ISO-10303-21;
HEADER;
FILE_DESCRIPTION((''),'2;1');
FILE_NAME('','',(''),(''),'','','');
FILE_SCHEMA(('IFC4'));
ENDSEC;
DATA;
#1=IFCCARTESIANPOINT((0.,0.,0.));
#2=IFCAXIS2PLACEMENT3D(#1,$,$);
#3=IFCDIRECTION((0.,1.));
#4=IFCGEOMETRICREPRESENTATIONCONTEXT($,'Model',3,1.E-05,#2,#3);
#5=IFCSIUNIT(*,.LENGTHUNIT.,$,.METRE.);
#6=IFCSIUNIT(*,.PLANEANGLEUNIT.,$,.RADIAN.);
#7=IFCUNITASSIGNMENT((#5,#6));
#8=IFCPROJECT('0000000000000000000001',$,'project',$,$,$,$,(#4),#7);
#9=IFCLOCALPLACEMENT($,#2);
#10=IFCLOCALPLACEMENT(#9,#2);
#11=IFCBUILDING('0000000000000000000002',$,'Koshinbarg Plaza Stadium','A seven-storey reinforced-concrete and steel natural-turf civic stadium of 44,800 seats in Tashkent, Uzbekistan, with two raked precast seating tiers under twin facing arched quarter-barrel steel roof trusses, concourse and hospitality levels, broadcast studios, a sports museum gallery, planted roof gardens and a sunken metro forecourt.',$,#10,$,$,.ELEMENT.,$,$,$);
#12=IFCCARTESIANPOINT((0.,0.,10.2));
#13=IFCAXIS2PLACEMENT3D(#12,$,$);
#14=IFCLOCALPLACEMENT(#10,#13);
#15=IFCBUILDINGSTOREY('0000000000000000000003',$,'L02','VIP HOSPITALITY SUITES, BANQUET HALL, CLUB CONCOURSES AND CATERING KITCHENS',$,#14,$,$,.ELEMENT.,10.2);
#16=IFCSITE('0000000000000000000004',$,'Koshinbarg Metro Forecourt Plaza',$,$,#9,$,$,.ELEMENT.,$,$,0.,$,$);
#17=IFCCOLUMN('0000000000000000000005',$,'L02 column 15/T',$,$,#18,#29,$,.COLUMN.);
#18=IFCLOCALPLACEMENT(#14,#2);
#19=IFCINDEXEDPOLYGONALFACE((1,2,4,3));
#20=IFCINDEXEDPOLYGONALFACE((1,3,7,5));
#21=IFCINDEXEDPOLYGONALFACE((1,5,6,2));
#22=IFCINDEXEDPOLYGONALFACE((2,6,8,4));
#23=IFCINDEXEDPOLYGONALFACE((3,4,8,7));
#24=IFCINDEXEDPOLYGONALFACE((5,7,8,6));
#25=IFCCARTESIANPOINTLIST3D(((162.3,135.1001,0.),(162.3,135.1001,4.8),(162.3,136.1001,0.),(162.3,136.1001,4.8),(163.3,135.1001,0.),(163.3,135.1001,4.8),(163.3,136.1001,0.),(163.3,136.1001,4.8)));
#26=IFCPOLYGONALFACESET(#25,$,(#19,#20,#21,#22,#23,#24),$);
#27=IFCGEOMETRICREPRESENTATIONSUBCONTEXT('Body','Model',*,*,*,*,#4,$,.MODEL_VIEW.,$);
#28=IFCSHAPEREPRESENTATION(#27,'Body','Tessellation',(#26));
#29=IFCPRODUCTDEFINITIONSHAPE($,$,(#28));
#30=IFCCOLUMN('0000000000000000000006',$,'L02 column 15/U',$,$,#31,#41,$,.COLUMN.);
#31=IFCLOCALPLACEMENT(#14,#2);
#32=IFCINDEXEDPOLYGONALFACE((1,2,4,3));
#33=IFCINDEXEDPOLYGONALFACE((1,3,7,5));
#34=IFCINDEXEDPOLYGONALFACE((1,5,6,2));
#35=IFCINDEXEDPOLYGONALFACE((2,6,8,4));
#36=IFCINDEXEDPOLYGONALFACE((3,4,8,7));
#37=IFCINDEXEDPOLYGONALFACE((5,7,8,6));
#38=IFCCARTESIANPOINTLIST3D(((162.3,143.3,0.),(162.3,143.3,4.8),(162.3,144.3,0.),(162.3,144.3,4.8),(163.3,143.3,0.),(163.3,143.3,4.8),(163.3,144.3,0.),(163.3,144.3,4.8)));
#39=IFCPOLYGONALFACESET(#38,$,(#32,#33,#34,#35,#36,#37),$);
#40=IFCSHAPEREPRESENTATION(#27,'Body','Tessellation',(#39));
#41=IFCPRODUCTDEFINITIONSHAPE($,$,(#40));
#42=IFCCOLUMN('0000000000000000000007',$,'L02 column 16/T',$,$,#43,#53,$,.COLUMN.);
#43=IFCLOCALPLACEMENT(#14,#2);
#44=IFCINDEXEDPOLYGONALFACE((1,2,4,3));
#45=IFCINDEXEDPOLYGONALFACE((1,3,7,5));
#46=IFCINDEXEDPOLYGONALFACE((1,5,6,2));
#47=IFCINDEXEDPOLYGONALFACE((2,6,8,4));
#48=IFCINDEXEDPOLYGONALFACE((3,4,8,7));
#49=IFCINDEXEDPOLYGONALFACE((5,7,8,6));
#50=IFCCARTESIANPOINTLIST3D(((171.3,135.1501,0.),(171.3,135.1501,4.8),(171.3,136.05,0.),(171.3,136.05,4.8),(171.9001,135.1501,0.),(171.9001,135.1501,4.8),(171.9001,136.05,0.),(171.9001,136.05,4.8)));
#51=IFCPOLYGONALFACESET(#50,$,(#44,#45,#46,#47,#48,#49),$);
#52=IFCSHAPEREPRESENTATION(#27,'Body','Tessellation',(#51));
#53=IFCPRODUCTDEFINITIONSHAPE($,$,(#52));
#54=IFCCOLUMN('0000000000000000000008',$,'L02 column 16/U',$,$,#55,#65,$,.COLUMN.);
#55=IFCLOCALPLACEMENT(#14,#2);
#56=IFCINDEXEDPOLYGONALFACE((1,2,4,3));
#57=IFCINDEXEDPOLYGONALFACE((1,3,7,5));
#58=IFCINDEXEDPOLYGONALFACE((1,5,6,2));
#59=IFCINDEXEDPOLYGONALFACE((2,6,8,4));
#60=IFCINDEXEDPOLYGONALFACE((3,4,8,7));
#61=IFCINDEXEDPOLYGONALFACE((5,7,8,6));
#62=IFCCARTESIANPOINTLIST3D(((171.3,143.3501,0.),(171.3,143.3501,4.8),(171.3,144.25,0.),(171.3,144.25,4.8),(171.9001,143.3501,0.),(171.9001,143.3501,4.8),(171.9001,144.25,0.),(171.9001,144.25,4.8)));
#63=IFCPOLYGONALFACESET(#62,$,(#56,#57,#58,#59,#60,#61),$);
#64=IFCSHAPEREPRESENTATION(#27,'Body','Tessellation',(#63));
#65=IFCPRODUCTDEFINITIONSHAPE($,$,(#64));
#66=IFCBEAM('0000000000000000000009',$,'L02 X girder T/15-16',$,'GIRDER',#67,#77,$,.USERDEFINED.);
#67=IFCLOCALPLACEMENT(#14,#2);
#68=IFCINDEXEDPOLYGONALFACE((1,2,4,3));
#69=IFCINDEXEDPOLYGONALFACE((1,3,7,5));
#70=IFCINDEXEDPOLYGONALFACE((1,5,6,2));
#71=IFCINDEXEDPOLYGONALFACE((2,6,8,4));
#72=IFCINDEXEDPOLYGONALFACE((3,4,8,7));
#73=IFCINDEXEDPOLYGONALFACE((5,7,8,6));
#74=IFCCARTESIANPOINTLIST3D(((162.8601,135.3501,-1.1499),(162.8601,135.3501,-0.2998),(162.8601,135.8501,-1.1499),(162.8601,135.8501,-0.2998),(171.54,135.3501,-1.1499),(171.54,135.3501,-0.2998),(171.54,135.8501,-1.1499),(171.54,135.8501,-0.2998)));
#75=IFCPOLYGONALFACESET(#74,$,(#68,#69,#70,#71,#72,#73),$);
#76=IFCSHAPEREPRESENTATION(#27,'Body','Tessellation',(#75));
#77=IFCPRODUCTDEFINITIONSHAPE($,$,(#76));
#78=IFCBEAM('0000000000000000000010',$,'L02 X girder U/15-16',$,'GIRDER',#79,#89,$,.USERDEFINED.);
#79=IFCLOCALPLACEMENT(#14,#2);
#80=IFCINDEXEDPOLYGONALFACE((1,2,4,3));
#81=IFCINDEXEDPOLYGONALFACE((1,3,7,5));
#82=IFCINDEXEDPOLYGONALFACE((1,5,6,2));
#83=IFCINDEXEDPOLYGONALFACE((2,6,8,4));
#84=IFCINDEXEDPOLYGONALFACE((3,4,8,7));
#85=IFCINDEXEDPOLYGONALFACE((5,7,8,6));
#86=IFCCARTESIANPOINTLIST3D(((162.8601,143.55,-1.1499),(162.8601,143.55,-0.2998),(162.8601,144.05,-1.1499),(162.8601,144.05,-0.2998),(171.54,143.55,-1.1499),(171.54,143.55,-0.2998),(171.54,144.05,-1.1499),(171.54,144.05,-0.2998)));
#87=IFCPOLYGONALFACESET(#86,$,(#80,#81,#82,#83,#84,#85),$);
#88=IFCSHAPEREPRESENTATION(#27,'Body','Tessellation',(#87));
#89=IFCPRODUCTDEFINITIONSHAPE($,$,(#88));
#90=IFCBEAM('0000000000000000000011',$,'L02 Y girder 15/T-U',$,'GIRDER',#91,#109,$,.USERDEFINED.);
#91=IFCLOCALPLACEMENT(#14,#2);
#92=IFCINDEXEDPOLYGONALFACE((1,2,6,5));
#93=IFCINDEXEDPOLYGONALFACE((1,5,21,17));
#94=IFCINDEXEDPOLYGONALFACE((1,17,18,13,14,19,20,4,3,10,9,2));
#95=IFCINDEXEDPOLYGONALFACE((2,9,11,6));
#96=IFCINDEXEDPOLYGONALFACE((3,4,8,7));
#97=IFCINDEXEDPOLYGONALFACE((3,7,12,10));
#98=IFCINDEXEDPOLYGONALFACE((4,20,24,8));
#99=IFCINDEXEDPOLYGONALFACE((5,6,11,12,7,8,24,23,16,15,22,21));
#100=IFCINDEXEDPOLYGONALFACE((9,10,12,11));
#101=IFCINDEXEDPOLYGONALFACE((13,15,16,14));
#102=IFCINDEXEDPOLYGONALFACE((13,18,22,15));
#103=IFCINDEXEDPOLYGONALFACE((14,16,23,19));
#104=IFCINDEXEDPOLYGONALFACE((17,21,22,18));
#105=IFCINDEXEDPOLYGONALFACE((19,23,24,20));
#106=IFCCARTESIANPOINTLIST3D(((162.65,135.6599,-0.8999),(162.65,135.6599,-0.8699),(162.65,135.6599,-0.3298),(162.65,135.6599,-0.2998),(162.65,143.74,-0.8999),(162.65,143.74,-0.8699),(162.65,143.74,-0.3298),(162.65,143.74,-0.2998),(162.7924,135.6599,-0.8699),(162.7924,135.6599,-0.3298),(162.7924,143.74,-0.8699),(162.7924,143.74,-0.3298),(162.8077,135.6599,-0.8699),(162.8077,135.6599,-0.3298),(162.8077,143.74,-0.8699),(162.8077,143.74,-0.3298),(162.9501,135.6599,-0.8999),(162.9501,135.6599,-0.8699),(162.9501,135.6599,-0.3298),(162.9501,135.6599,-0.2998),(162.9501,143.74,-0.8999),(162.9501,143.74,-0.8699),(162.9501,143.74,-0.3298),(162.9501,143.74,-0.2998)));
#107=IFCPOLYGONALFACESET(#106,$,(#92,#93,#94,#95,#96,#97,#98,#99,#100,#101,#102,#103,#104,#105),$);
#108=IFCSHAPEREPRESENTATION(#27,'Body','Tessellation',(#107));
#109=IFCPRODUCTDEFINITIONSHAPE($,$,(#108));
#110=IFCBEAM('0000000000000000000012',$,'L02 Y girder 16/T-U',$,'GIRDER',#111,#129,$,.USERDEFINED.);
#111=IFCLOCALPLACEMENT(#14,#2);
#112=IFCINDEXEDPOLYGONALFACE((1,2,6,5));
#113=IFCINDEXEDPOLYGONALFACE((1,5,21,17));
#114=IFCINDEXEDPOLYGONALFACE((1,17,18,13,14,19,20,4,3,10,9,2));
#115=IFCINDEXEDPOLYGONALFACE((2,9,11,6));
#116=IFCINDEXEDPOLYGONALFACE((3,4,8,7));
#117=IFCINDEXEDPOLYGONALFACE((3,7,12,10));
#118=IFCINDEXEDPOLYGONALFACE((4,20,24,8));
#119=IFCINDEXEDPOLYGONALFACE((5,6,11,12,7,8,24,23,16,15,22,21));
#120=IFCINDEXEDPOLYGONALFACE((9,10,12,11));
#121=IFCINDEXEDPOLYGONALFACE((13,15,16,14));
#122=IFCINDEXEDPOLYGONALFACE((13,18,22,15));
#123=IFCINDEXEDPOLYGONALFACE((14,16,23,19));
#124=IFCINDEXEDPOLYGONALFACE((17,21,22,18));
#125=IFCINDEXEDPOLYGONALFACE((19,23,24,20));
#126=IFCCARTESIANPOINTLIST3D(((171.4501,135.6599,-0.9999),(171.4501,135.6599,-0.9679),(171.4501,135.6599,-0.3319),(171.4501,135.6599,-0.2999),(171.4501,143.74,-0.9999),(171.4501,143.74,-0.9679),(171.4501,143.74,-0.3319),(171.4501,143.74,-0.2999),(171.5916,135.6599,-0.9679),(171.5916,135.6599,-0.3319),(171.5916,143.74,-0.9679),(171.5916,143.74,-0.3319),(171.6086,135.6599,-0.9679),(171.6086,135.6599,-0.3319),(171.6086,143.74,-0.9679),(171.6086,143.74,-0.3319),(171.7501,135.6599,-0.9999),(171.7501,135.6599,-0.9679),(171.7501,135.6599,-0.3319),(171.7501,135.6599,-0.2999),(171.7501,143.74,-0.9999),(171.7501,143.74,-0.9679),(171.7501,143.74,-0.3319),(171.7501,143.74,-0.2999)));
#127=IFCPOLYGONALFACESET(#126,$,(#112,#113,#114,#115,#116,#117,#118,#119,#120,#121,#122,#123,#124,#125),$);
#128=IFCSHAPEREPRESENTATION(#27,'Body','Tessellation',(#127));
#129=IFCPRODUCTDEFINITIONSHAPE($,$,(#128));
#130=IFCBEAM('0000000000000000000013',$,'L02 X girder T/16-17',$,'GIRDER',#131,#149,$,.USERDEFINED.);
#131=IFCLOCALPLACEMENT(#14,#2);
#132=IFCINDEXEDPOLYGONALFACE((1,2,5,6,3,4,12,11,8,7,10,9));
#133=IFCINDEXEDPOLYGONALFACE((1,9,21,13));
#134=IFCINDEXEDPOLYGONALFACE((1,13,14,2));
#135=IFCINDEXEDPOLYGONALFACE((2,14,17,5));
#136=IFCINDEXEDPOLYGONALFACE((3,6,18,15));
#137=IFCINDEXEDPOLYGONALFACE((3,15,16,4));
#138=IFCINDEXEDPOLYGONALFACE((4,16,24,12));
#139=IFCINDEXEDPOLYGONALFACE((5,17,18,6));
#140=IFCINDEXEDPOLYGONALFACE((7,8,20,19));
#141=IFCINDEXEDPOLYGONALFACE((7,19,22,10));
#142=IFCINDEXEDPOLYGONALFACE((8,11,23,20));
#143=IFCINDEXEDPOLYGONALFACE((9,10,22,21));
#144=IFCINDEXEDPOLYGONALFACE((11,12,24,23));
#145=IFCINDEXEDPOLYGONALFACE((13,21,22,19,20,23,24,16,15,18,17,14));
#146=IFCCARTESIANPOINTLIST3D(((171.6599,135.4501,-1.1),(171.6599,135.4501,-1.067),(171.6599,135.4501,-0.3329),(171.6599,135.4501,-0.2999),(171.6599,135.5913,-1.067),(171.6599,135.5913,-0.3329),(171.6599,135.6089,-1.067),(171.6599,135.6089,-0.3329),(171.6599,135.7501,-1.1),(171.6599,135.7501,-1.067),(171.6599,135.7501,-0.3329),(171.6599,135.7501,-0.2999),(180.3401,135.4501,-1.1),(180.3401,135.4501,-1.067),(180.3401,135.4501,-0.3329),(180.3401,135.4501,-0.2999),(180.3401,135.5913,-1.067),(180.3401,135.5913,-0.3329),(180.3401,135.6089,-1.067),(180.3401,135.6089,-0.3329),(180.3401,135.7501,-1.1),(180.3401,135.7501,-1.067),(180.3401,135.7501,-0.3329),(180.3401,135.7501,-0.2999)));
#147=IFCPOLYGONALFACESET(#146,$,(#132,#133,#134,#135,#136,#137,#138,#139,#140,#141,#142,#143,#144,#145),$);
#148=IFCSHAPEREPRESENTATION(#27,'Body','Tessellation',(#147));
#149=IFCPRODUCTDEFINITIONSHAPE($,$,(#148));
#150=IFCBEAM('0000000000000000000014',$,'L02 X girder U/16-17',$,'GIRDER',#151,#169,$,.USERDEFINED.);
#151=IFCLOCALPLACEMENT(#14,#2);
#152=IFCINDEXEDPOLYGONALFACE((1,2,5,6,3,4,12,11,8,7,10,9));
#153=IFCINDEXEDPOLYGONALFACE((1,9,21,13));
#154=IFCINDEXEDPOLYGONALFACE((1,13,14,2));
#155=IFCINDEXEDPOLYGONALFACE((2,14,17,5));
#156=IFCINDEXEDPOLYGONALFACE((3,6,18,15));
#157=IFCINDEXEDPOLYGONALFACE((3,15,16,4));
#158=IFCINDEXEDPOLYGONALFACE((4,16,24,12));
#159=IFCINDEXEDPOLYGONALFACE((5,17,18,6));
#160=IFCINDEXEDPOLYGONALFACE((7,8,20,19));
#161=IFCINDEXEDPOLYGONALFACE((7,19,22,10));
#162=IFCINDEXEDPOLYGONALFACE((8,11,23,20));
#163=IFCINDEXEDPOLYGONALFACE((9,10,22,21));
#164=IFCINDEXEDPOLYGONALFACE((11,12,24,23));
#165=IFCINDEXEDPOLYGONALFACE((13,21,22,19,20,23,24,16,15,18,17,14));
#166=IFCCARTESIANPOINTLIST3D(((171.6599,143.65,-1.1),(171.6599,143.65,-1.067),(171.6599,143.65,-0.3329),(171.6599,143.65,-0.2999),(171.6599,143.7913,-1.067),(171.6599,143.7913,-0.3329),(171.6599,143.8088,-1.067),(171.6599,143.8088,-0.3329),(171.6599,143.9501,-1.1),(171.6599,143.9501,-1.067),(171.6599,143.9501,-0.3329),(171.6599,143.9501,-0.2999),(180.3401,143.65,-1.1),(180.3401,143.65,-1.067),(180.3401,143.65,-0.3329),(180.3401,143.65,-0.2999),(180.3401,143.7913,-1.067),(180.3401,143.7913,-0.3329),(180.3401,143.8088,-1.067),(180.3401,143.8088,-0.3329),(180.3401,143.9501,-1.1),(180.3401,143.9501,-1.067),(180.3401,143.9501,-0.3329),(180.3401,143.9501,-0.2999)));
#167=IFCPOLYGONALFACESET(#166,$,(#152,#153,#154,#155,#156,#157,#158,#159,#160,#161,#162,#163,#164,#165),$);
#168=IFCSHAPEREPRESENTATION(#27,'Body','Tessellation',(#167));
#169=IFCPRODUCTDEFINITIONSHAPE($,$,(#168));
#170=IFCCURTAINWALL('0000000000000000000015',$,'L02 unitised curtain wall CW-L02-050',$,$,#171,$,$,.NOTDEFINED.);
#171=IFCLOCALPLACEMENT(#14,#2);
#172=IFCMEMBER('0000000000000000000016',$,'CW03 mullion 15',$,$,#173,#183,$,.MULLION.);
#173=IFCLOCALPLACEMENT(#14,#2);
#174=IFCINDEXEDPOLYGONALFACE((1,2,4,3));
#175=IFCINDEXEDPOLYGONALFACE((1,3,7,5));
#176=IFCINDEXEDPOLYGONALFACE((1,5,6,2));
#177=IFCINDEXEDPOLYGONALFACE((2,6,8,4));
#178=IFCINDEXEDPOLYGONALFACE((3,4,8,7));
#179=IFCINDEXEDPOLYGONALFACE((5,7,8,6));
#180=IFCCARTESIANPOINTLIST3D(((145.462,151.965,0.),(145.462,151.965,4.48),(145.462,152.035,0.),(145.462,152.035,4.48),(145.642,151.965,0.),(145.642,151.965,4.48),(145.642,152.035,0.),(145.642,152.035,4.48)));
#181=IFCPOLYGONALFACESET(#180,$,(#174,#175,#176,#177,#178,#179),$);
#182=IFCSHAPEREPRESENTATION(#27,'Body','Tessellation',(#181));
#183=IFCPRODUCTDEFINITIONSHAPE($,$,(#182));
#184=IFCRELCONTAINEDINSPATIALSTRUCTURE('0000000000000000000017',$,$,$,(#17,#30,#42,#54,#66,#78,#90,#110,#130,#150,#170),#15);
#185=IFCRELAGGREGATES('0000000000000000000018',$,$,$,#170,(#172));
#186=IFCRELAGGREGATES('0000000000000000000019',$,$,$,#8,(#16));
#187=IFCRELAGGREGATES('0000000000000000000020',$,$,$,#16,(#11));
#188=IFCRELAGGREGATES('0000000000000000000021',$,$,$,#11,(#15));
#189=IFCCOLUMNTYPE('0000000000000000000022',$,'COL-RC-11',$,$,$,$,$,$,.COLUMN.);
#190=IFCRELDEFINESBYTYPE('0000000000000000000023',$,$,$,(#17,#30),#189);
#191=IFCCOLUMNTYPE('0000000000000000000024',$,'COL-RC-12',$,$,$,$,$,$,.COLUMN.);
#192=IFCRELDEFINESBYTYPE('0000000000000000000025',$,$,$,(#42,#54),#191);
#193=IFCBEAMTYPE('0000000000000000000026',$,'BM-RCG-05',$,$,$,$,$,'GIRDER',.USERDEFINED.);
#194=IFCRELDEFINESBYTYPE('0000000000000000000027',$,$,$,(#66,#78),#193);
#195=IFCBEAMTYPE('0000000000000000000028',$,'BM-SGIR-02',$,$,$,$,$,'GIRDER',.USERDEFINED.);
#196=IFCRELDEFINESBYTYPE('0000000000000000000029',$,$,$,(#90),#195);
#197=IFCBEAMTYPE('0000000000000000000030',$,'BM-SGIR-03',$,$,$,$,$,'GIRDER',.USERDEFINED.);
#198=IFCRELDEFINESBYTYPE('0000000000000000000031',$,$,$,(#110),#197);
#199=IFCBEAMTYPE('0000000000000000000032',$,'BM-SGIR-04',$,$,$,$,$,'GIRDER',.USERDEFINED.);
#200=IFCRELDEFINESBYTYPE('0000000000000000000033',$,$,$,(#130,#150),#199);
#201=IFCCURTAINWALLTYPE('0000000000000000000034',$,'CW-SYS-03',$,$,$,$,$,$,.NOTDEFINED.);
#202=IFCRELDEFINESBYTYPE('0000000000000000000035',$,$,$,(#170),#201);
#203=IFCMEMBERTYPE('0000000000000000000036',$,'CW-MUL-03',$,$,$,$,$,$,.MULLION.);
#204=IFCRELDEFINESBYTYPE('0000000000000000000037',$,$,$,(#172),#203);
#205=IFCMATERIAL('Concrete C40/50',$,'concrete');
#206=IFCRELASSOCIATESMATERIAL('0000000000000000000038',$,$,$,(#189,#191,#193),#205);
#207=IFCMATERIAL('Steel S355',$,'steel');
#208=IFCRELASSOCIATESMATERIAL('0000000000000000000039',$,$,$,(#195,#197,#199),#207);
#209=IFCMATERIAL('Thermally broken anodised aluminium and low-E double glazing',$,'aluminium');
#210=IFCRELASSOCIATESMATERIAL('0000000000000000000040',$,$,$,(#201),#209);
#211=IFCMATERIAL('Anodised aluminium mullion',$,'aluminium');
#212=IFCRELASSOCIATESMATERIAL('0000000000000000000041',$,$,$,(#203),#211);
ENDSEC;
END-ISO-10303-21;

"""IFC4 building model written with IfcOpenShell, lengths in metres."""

from ifc_helpers import new_model, si_unit, direction, frame, origin, origin_2d, place, context, subcontext, project, spatial, rectangle, i_section, extrude, material, material_profile, profile_set, type_object, element, aggregate, save


model = new_model("IFC4")

# Units and contexts
model_context = context("Model", 3, precision=1e-05, world=origin(), true_north=direction((0.0, 1.0)))
body_context = subcontext(model_context, "Body", "Model", "MODEL_VIEW")
ifc_project = project(units=[si_unit("LENGTHUNIT", "METRE"), si_unit("PLANEANGLEUNIT", "RADIAN")], contexts=[model_context])

# Site, building, storey
site_placement = place(None, origin())
site = spatial("IfcSite", under=ifc_project, at=site_placement, Name="Koshinbarg Metro Forecourt Plaza", CompositionType="ELEMENT", RefElevation=0.0)
building_placement = place(site_placement, origin())
building = spatial("IfcBuilding", under=site, at=building_placement, Name="Koshinbarg Plaza Stadium", Description="A seven-storey reinforced-concrete and steel natural-turf civic stadium of 44,800 seats in Tashkent, Uzbekistan, with two raked precast seating tiers under twin facing arched quarter-barrel steel roof trusses, concourse and hospitality levels, broadcast studios, a sports museum gallery, planted roof gardens and a sunken metro forecourt.", CompositionType="ELEMENT")
storey_placement = place(building_placement, frame((0.0, 0.0, 10.2)))
storey = spatial("IfcBuildingStorey", under=building, at=storey_placement, Name="L02", Description="VIP HOSPITALITY SUITES, BANQUET HALL, CLUB CONCOURSES AND CATERING KITCHENS", CompositionType="ELEMENT", Elevation=10.2)

# Columns
ifc_material_1 = material(Name="Concrete C40/50", Category="concrete")
ifc_material_profile_1 = material_profile(ifc_material_1, rectangle(XDim=1.0, YDim=1.0, at=origin_2d()), Name="RC 1000x1000")
ifc_profile_set_1 = profile_set([ifc_material_profile_1], Name="Concrete C40/50")
column_type_1 = type_object("IfcColumnType", Name="COL-RC-11", PredefinedType="COLUMN", material=ifc_profile_set_1)
for number, where, z_axis, x_axis, name in (
    (1, (162.8, 135.6001, 0.0), (0.0, 0.0, 1.0), (1.0, 0.0, 0.0), "L02 column 15/T"),
    (2, (162.8, 143.8, 0.0), (0.0, 0.0, 1.0), (1.0, 0.0, 0.0), "L02 column 15/U"),
):
    element("IfcColumn", number, at=place(storey_placement, frame(where, z_axis=z_axis, x_axis=x_axis)), inside=storey, type_object=column_type_1, Name=name, PredefinedType="COLUMN", context=body_context, shape_type="SweptSolid", body=[
        extrude(rectangle(XDim=1.0, YDim=1.0, at=origin_2d()), origin(), (0.0, 0.0, 1.0), 4.8),
    ])
ifc_material_profile_2 = material_profile(ifc_material_1, rectangle(XDim=0.6001, YDim=0.8999, at=origin_2d()), Name="RC 600x900")
ifc_profile_set_2 = profile_set([ifc_material_profile_2], Name="Concrete C40/50")
column_type_2 = type_object("IfcColumnType", Name="COL-RC-12", PredefinedType="COLUMN", material=ifc_profile_set_2)
for number, where, z_axis, x_axis, name in (
    (3, (171.6001, 135.6001, 0.0), (0.0, 0.0, 1.0), (1.0, 0.0, 0.0), "L02 column 16/T"),
    (4, (171.6001, 143.8, 0.0), (0.0, 0.0, 1.0), (1.0, 0.0, 0.0), "L02 column 16/U"),
):
    element("IfcColumn", number, at=place(storey_placement, frame(where, z_axis=z_axis, x_axis=x_axis)), inside=storey, type_object=column_type_2, Name=name, PredefinedType="COLUMN", context=body_context, shape_type="SweptSolid", body=[
        extrude(rectangle(XDim=0.6001, YDim=0.8999, at=origin_2d()), origin(), (0.0, 0.0, 1.0), 4.8),
    ])

# Beams
ifc_material_profile_3 = material_profile(ifc_material_1, rectangle(XDim=0.5, YDim=0.8501, at=origin_2d()), Name="RC 500x850")
ifc_profile_set_3 = profile_set([ifc_material_profile_3], Name="Concrete C40/50")
beam_type_1 = type_object("IfcBeamType", Name="BM-RCG-05", ElementType="GIRDER", PredefinedType="USERDEFINED", material=ifc_profile_set_3)
for number, where, z_axis, x_axis, name in (
    (5, (162.8601, 135.6001, -0.7249), (1.0, 0.0, 0.0), (0.0, 1.0, 0.0), "L02 X girder T/15-16"),
    (6, (162.8601, 143.8, -0.7249), (1.0, 0.0, 0.0), (0.0, 1.0, 0.0), "L02 X girder U/15-16"),
):
    element("IfcBeam", number, at=place(storey_placement, frame(where, z_axis=z_axis, x_axis=x_axis)), inside=storey, type_object=beam_type_1, Name=name, ObjectType="GIRDER", PredefinedType="USERDEFINED", context=body_context, shape_type="SweptSolid", body=[
        extrude(rectangle(XDim=0.5, YDim=0.8501, at=origin_2d()), origin(), (0.0, 0.0, 1.0), 8.6799),
    ])
ifc_material_2 = material(Name="Steel S355", Category="steel")
ifc_material_profile_4 = material_profile(ifc_material_2, i_section(OverallWidth=0.3, OverallDepth=0.6001, WebThickness=0.0154, FlangeThickness=0.03, at=origin_2d()), Name="HEB 600")
ifc_profile_set_4 = profile_set([ifc_material_profile_4], Name="Steel S355")
beam_type_2 = type_object("IfcBeamType", Name="BM-SGIR-02", ElementType="GIRDER", PredefinedType="USERDEFINED", material=ifc_profile_set_4)
beam_1_placement = place(storey_placement, frame((162.8, 135.6599, -0.5999), z_axis=(0.0, 1.0, 0.0), x_axis=(-1.0, 0.0, 0.0)))
element("IfcBeam", 7, at=beam_1_placement, inside=storey, type_object=beam_type_2, Name="L02 Y girder 15/T-U", ObjectType="GIRDER", PredefinedType="USERDEFINED", context=body_context, shape_type="SweptSolid", body=[
    extrude(i_section(OverallWidth=0.3, OverallDepth=0.6001, WebThickness=0.0154, FlangeThickness=0.03, at=origin_2d()), origin(), (0.0, 0.0, 1.0), 8.0801),
])
ifc_material_profile_5 = material_profile(ifc_material_2, i_section(OverallWidth=0.3, OverallDepth=0.7, WebThickness=0.0171, FlangeThickness=0.032, at=origin_2d()), Name="HEB 700")
ifc_profile_set_5 = profile_set([ifc_material_profile_5], Name="Steel S355")
beam_type_3 = type_object("IfcBeamType", Name="BM-SGIR-03", ElementType="GIRDER", PredefinedType="USERDEFINED", material=ifc_profile_set_5)
beam_2_placement = place(storey_placement, frame((171.6001, 135.6599, -0.6499), z_axis=(0.0, 1.0, 0.0), x_axis=(-1.0, 0.0, 0.0)))
element("IfcBeam", 8, at=beam_2_placement, inside=storey, type_object=beam_type_3, Name="L02 Y girder 16/T-U", ObjectType="GIRDER", PredefinedType="USERDEFINED", context=body_context, shape_type="SweptSolid", body=[
    extrude(i_section(OverallWidth=0.3, OverallDepth=0.7, WebThickness=0.0171, FlangeThickness=0.032, at=origin_2d()), origin(), (0.0, 0.0, 1.0), 8.0801),
])
ifc_material_profile_6 = material_profile(ifc_material_2, i_section(OverallWidth=0.3, OverallDepth=0.8, WebThickness=0.0176, FlangeThickness=0.033, at=origin_2d()), Name="HEB 800")
ifc_profile_set_6 = profile_set([ifc_material_profile_6], Name="Steel S355")
beam_type_4 = type_object("IfcBeamType", Name="BM-SGIR-04", ElementType="GIRDER", PredefinedType="USERDEFINED", material=ifc_profile_set_6)
for number, where, z_axis, x_axis, name in (
    (9, (171.6599, 135.6001, -0.7), (1.0, 0.0, 0.0), (0.0, 1.0, 0.0), "L02 X girder T/16-17"),
    (10, (171.6599, 143.8, -0.7), (1.0, 0.0, 0.0), (0.0, 1.0, 0.0), "L02 X girder U/16-17"),
):
    element("IfcBeam", number, at=place(storey_placement, frame(where, z_axis=z_axis, x_axis=x_axis)), inside=storey, type_object=beam_type_4, Name=name, ObjectType="GIRDER", PredefinedType="USERDEFINED", context=body_context, shape_type="SweptSolid", body=[
        extrude(i_section(OverallWidth=0.3, OverallDepth=0.8, WebThickness=0.0176, FlangeThickness=0.033, at=origin_2d()), origin(), (0.0, 0.0, 1.0), 8.6802),
    ])

# Curtain wall, member
ifc_material_3 = material(Name="Thermally broken anodised aluminium and low-E double glazing", Category="aluminium")
curtain_wall_type = type_object("IfcCurtainWallType", Name="CW-SYS-03", PredefinedType="NOTDEFINED", material=ifc_material_3)
curtain_wall_placement = place(storey_placement, origin())
curtain_wall = element("IfcCurtainWall", 11, at=curtain_wall_placement, inside=storey, type_object=curtain_wall_type, Name="L02 unitised curtain wall CW-L02-050", PredefinedType="NOTDEFINED")
ifc_material_4 = material(Name="Anodised aluminium mullion", Category="aluminium")
ifc_material_profile_7 = material_profile(ifc_material_4, rectangle(XDim=0.0701, YDim=0.1799, at=origin_2d()), Name="ALU 70x180")
ifc_profile_set_7 = profile_set([ifc_material_profile_7], Name="Anodised aluminium mullion")
member_type_1 = type_object("IfcMemberType", Name="CW-MUL-03", PredefinedType="MULLION", material=ifc_profile_set_7)
member_1_placement = place(storey_placement, frame((145.552, 152.0, 0.0), z_axis=(0.0, 0.0, 1.0), x_axis=(0.0, 1.0, 0.0)))
member_1 = element("IfcMember", 12, at=member_1_placement, type_object=member_type_1, Name="CW03 mullion 15", PredefinedType="MULLION", context=body_context, shape_type="SweptSolid", body=[
    extrude(rectangle(XDim=0.0701, YDim=0.1799, at=origin_2d()), origin(), (0.0, 0.0, 1.0), 4.48),
])
aggregate(curtain_wall, [member_1])

save(model, "model.ifc")
